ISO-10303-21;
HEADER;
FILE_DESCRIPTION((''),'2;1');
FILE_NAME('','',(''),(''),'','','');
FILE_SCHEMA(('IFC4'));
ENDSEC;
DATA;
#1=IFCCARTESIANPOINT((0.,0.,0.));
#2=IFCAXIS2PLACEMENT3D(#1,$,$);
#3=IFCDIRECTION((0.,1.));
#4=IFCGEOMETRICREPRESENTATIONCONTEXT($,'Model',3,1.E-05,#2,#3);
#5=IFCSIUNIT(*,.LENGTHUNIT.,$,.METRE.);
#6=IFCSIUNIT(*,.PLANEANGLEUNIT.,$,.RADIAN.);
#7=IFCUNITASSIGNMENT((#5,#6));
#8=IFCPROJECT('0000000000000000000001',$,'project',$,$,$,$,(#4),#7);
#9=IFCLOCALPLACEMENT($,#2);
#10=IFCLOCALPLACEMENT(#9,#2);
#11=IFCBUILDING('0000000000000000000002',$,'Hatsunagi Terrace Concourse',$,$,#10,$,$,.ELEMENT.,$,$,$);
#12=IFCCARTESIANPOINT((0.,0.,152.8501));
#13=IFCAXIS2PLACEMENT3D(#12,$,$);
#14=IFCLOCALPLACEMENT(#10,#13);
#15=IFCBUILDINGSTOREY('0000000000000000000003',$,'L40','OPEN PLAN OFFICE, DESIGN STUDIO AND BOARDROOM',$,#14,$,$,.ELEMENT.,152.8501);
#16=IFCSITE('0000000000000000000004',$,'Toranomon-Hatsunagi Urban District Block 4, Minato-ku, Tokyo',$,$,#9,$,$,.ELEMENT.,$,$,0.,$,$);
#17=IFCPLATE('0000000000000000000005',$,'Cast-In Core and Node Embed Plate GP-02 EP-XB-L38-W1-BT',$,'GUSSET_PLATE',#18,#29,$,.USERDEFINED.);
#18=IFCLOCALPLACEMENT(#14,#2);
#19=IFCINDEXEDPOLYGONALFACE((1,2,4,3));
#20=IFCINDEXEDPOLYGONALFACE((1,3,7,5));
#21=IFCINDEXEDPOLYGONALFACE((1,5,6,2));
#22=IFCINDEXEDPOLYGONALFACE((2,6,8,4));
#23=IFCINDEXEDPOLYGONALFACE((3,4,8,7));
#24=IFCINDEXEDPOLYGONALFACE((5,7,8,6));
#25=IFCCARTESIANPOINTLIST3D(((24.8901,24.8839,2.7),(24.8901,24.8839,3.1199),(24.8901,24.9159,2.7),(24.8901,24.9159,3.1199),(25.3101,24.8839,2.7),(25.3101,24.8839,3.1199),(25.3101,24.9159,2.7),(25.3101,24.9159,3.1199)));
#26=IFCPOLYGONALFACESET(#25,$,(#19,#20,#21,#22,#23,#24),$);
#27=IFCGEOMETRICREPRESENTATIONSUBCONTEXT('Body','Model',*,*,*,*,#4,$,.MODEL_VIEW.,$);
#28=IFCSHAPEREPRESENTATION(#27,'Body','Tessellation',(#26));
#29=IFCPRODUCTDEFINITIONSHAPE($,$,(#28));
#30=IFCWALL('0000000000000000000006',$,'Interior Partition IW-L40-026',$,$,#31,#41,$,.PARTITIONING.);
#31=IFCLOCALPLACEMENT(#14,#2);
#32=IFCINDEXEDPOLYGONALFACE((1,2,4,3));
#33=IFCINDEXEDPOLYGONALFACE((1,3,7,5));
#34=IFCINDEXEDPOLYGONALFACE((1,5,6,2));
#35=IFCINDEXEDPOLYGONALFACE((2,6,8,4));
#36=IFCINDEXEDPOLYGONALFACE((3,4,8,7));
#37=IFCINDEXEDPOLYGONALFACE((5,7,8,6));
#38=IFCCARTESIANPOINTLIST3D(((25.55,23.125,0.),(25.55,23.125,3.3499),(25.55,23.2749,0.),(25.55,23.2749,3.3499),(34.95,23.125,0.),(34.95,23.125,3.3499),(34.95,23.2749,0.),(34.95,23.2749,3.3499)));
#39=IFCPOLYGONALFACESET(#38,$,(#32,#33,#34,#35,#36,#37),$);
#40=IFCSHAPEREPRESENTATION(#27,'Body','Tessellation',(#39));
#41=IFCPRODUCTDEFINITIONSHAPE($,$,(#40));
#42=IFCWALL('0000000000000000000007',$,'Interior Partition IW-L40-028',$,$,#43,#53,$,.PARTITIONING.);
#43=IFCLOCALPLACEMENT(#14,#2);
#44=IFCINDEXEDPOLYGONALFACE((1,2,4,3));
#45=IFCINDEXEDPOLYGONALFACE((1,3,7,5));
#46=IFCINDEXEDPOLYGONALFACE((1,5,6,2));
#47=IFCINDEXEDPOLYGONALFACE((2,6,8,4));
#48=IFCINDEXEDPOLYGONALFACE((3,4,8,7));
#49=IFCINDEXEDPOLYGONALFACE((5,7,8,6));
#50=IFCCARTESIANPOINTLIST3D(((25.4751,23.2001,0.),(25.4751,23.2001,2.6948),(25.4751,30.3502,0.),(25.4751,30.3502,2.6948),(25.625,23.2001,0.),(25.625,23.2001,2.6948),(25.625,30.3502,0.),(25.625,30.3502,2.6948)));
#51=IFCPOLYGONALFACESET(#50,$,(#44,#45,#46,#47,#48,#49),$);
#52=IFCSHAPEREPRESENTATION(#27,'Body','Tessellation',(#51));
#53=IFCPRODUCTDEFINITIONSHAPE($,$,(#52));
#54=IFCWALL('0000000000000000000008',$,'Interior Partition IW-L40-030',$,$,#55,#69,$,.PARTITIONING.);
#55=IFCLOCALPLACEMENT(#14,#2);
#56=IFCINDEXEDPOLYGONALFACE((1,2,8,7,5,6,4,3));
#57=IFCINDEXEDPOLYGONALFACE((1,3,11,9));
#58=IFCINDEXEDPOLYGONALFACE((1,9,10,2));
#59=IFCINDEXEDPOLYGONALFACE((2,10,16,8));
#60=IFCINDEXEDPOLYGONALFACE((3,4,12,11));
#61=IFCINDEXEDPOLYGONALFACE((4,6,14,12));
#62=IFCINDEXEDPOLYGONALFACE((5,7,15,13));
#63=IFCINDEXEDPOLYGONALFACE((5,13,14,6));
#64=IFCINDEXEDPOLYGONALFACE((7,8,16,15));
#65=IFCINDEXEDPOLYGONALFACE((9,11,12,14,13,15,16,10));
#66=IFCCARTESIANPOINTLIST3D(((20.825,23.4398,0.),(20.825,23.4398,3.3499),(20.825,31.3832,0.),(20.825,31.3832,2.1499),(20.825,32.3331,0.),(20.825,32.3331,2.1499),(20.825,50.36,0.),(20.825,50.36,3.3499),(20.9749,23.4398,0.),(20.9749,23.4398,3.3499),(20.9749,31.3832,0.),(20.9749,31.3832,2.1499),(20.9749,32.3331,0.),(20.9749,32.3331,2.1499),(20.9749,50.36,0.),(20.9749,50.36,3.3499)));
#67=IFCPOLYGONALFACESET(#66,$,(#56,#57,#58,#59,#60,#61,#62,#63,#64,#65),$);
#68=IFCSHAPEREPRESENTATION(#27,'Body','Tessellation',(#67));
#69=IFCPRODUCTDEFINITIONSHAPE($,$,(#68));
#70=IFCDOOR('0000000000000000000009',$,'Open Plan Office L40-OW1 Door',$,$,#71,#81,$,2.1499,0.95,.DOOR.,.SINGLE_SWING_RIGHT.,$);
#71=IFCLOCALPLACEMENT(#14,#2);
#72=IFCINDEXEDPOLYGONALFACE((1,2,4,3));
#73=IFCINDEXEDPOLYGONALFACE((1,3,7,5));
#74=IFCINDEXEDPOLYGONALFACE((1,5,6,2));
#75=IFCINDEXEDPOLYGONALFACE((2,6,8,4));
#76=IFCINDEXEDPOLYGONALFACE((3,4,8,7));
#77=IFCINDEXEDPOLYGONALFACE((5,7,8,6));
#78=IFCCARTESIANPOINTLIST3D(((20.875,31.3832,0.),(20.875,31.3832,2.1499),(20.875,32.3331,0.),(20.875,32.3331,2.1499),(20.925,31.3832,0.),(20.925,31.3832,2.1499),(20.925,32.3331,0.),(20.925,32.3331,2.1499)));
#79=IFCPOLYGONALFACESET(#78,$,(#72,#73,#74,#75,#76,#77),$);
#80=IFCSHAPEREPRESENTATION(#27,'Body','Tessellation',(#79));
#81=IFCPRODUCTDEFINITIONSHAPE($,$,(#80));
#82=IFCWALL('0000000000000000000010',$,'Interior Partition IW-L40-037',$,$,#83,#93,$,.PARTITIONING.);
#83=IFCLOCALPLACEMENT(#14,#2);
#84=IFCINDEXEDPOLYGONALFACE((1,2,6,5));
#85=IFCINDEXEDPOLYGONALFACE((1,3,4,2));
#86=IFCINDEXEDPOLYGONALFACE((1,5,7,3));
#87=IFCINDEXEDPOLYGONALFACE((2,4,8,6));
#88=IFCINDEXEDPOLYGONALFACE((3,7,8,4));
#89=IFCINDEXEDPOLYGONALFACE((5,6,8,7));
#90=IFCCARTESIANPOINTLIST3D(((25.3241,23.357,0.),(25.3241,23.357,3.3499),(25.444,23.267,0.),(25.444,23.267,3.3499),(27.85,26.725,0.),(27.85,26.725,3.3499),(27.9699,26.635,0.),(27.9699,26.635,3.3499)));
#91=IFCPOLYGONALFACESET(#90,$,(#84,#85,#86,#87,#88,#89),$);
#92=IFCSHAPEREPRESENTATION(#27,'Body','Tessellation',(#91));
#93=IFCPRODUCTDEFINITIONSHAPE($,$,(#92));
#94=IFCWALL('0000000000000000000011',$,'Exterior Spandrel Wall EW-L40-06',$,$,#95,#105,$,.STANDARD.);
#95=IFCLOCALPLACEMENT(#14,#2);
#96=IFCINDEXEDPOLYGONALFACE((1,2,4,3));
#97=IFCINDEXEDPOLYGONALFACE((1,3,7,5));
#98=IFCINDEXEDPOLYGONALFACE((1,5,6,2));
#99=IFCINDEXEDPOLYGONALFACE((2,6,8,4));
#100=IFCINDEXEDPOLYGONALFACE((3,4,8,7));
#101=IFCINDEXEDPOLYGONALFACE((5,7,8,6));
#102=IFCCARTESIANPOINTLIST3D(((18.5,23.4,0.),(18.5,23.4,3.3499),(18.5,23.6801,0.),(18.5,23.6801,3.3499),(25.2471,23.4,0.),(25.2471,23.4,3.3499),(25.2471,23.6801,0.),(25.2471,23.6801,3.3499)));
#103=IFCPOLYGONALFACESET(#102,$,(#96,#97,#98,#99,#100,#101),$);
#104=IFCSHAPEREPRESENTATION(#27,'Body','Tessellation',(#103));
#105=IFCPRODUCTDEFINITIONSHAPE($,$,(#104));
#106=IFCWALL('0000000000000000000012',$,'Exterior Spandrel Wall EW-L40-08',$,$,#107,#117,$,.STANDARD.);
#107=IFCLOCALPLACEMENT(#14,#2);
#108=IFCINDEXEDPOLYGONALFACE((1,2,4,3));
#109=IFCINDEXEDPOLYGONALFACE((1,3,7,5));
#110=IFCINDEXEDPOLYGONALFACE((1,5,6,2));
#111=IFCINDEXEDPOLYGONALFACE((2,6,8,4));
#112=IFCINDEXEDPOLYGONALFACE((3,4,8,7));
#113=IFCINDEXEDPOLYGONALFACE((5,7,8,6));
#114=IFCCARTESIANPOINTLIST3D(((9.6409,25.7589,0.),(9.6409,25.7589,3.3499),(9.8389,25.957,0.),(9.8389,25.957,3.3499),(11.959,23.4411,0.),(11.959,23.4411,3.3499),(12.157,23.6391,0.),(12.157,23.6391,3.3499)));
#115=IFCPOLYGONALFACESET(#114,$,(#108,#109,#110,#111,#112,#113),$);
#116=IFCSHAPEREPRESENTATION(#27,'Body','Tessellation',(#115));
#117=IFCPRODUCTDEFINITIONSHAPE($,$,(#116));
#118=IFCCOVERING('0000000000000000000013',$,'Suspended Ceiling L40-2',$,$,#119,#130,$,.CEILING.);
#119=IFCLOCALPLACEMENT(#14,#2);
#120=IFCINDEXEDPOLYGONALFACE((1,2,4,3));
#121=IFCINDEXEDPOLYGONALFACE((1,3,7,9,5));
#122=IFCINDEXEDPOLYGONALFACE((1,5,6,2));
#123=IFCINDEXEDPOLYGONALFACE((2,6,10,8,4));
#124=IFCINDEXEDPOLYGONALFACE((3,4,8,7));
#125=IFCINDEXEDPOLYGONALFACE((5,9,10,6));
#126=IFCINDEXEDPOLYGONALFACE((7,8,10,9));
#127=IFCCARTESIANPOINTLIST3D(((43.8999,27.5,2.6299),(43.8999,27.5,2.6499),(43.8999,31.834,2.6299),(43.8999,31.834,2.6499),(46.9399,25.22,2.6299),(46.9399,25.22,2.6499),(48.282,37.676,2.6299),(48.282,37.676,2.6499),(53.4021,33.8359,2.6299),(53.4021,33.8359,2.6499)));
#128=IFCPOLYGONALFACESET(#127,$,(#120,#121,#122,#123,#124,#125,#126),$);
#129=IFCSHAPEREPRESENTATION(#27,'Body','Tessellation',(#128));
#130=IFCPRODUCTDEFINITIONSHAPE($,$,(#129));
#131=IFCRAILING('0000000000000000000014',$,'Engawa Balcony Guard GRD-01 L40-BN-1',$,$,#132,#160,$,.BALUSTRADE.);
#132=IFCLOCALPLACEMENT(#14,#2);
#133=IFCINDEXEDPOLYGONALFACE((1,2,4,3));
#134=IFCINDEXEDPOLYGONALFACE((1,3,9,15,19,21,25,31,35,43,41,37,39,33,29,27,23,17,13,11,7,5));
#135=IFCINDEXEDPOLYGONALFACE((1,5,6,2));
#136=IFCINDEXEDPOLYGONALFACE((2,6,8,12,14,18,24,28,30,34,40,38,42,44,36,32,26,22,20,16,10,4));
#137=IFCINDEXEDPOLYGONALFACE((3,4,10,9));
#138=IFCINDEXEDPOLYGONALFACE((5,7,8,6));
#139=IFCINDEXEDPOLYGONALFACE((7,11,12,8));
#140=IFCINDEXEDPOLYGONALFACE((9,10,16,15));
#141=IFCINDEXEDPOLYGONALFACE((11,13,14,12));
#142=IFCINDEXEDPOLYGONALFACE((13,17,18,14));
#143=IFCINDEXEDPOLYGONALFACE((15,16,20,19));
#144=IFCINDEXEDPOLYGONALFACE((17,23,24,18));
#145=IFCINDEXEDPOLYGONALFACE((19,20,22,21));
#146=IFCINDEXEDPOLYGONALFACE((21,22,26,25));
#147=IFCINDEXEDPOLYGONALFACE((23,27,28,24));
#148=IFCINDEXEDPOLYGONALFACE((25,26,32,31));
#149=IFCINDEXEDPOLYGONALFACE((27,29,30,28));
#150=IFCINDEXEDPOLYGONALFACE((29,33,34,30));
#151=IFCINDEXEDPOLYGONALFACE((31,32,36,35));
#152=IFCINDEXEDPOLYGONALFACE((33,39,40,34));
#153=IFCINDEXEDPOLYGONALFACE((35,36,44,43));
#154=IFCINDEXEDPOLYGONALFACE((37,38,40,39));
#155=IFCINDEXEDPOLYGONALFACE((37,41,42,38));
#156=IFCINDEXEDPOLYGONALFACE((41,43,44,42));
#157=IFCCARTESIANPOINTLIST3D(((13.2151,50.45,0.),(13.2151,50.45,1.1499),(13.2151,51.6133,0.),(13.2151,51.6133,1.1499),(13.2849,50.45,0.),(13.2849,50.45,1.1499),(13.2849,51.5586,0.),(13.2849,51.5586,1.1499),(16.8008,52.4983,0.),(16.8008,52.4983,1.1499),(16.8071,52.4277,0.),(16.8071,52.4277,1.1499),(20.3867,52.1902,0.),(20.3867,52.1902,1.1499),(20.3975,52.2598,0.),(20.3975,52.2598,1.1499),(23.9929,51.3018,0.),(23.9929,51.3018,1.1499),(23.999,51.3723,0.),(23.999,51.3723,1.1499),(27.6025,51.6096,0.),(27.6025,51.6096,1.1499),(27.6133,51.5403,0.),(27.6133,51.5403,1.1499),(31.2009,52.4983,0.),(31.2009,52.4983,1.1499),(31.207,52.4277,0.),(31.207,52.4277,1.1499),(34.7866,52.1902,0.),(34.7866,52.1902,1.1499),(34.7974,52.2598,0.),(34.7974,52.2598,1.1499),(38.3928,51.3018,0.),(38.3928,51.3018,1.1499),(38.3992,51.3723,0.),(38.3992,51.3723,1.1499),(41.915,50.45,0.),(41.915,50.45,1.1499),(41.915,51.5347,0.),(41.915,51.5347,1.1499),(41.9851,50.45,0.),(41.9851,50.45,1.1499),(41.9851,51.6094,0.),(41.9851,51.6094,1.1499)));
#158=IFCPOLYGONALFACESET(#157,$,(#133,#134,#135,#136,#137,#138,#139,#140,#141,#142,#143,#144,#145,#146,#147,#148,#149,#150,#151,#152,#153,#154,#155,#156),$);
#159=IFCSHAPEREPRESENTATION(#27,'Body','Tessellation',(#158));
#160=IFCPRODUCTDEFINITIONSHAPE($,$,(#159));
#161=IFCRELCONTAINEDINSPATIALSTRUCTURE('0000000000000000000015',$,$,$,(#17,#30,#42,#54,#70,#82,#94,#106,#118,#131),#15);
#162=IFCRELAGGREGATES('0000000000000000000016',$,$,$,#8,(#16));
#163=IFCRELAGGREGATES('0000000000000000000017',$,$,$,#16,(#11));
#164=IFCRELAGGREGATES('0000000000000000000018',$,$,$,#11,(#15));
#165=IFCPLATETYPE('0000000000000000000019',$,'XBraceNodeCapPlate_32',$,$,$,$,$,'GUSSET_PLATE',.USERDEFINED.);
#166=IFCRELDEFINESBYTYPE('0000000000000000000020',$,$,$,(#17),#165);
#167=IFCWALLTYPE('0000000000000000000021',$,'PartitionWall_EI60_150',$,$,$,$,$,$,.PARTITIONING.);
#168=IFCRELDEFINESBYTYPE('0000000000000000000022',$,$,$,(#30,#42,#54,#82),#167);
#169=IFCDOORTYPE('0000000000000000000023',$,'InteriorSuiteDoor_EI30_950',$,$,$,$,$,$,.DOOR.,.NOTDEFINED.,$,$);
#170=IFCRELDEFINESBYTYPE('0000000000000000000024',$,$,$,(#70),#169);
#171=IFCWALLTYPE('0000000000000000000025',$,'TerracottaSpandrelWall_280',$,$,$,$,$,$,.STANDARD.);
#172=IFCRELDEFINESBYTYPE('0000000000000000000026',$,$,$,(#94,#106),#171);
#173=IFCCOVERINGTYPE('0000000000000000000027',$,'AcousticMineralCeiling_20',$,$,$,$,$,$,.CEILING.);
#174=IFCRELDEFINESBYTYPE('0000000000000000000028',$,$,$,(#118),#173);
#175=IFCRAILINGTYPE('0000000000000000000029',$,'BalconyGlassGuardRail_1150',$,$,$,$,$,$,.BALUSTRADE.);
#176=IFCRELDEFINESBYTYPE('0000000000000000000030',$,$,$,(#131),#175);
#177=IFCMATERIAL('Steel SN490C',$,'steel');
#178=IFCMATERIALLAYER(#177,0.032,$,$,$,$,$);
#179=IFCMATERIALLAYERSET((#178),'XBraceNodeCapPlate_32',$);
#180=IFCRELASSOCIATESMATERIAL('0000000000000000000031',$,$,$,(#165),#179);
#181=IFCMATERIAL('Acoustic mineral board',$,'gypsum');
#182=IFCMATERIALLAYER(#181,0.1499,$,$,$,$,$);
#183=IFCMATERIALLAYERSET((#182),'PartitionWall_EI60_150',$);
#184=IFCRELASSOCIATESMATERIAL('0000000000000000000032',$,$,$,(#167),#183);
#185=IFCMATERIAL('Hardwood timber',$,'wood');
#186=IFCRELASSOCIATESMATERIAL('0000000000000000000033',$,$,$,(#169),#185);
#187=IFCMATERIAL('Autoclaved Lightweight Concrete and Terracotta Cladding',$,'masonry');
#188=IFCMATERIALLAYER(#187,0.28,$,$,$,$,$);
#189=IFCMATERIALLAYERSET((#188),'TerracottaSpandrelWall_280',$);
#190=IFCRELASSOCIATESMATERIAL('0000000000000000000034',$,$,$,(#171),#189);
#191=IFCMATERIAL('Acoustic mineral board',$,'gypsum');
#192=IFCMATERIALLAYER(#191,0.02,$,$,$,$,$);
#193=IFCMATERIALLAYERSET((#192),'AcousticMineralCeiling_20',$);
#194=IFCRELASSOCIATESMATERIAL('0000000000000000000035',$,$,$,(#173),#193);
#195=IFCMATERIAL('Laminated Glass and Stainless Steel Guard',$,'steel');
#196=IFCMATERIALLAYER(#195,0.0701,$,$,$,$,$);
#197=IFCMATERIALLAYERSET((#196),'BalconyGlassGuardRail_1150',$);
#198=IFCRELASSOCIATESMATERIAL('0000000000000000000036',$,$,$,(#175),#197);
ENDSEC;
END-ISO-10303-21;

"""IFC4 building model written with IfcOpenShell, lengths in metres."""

from ifc_helpers import new_model, si_unit, direction, frame, frame_2d, origin, origin_2d, place, context, subcontext, project, spatial, polyline, rectangle, outline, extrude, material, layer, layer_set, type_object, element, fill, save


model = new_model("IFC4")

# Units and contexts
model_context = context("Model", 3, precision=1e-05, world=origin(), true_north=direction((0.0, 1.0)))
body_context = subcontext(model_context, "Body", "Model", "MODEL_VIEW")
ifc_project = project(units=[si_unit("LENGTHUNIT", "METRE"), si_unit("PLANEANGLEUNIT", "RADIAN")], contexts=[model_context])

# Site, building, storey
site_placement = place(None, origin())
site = spatial("IfcSite", under=ifc_project, at=site_placement, Name="Toranomon-Hatsunagi Urban District Block 4, Minato-ku, Tokyo", CompositionType="ELEMENT", RefElevation=0.0)
building_placement = place(site_placement, origin())
building = spatial("IfcBuilding", under=site, at=building_placement, Name="Hatsunagi Terrace Concourse", CompositionType="ELEMENT")
storey_placement = place(building_placement, frame((0.0, 0.0, 152.8501)))
storey = spatial("IfcBuildingStorey", under=building, at=storey_placement, Name="L40", Description="OPEN PLAN OFFICE, DESIGN STUDIO AND BOARDROOM", CompositionType="ELEMENT", Elevation=152.8501)

# Plate
ifc_material_1 = material(Name="Steel SN490C", Category="steel")
ifc_layer_1 = layer(ifc_material_1, 0.032)
ifc_layer_set_1 = layer_set([ifc_layer_1], Name="XBraceNodeCapPlate_32")
plate_type_1 = type_object("IfcPlateType", Name="XBraceNodeCapPlate_32", ElementType="GUSSET_PLATE", PredefinedType="USERDEFINED", material=ifc_layer_set_1)
for number, where, z_axis, x_axis, name in (
    (1, (25.1001, 24.8999, 2.7), (0.0, 0.0, 1.0), (1.0, 0.0, 0.0), "Cast-In Core and Node Embed Plate GP-02 EP-XB-L38-W1-BT"),
):
    element("IfcPlate", number, at=place(storey_placement, frame(where, z_axis=z_axis, x_axis=x_axis)), inside=storey, type_object=plate_type_1, Name=name, ObjectType="GUSSET_PLATE", PredefinedType="USERDEFINED", context=body_context, shape_type="SweptSolid", body=[
        extrude(rectangle(XDim=0.4199, YDim=0.032, at=origin_2d()), origin(), (0.0, 0.0, 1.0), 0.4199),
    ])

# Walls
ifc_material_2 = material(Name="Acoustic mineral board", Category="gypsum")
ifc_layer_2 = layer(ifc_material_2, 0.1499)
ifc_layer_set_2 = layer_set([ifc_layer_2], Name="PartitionWall_EI60_150")
wall_type_1 = type_object("IfcWallType", Name="PartitionWall_EI60_150", PredefinedType="PARTITIONING", material=ifc_layer_set_2)
wall_1_placement = place(storey_placement, frame((25.55, 23.2, 0.0), z_axis=(0.0, 0.0, 1.0), x_axis=(1.0, 0.0, 0.0)))
element("IfcWall", 2, at=wall_1_placement, inside=storey, type_object=wall_type_1, Name="Interior Partition IW-L40-026", PredefinedType="PARTITIONING", context=body_context, shape_type="SweptSolid", body=[
    extrude(rectangle(XDim=9.3999, YDim=0.1499, at=frame_2d((4.7, 0.0))), origin(), (0.0, 0.0, 1.0), 3.3499),
])
wall_2_placement = place(storey_placement, frame((25.55, 23.2, 0.0), z_axis=(0.0, 0.0, 1.0), x_axis=(0.0, 1.0, 0.0)))
element("IfcWall", 3, at=wall_2_placement, inside=storey, type_object=wall_type_1, Name="Interior Partition IW-L40-028", PredefinedType="PARTITIONING", context=body_context, shape_type="SweptSolid", body=[
    extrude(rectangle(XDim=7.1501, YDim=0.1499, at=frame_2d((3.5752, 0.0))), origin(), (0.0, 0.0, 1.0), 2.6948),
])

# Wall, opening, door
wall_3_placement = place(storey_placement, frame((20.8999, 23.4399, 0.0), z_axis=(0.0, 0.0, 1.0), x_axis=(0.0, 1.0, 0.0)))
wall_3 = element("IfcWall", 4, at=wall_3_placement, inside=storey, type_object=wall_type_1, Name="Interior Partition IW-L40-030", PredefinedType="PARTITIONING", context=body_context, shape_type="SweptSolid", body=[
    extrude(rectangle(XDim=26.9202, YDim=0.1499, at=frame_2d((13.46, 0.0))), origin(), (0.0, 0.0, 1.0), 3.3499),
])
opening_placement = place(wall_3_placement, frame((7.9431, 0.0, 0.0)))
opening = element("IfcOpeningElement", 5, at=opening_placement, cuts=wall_3, PredefinedType="OPENING", context=body_context, shape_type="SweptSolid", body=[
    extrude(rectangle(XDim=0.95, YDim=2.1499, at=frame_2d((0.4751, 1.075))), frame((0.0, 0.085, 0.0), z_axis=(0.0, -1.0, 0.0), x_axis=(1.0, 0.0, 0.0)), (0.0, 0.0, 1.0), 0.1699),
])
ifc_material_3 = material(Name="Hardwood timber", Category="wood")
door_type = type_object("IfcDoorType", Name="InteriorSuiteDoor_EI30_950", OperationType="NOTDEFINED", PredefinedType="DOOR", material=ifc_material_3)
door_placement = place(opening_placement, origin())
door = element("IfcDoor", 6, at=door_placement, inside=storey, type_object=door_type, Name="Open Plan Office L40-OW1 Door", OperationType="SINGLE_SWING_RIGHT", OverallHeight=2.1499, OverallWidth=0.95, PredefinedType="DOOR", context=body_context, shape_type="SweptSolid", body=[
    extrude(rectangle(XDim=0.95, YDim=2.1499, at=frame_2d((0.4751, 1.075))), frame((0.0, 0.0249, 0.0), z_axis=(0.0, -1.0, 0.0), x_axis=(1.0, 0.0, 0.0)), (0.0, 0.0, 1.0), 0.05),
])
fill(opening, door)

# Walls
wall_4_placement = place(storey_placement, frame((25.384, 23.312, 0.0), z_axis=(0.0, 0.0, 1.0), x_axis=(0.599991, 0.800007, 0.0)))
element("IfcWall", 7, at=wall_4_placement, inside=storey, type_object=wall_type_1, Name="Interior Partition IW-L40-037", PredefinedType="PARTITIONING", context=body_context, shape_type="SweptSolid", body=[
    extrude(rectangle(XDim=4.21, YDim=0.1499, at=frame_2d((2.105, 0.0))), origin(), (0.0, 0.0, 1.0), 3.3499),
])
ifc_material_4 = material(Name="Autoclaved Lightweight Concrete and Terracotta Cladding", Category="masonry")
ifc_layer_3 = layer(ifc_material_4, 0.28)
ifc_layer_set_3 = layer_set([ifc_layer_3], Name="TerracottaSpandrelWall_280")
wall_type_2 = type_object("IfcWallType", Name="TerracottaSpandrelWall_280", PredefinedType="STANDARD", material=ifc_layer_set_3)
wall_5_placement = place(storey_placement, frame((25.2471, 23.54, 0.0), z_axis=(0.0, 0.0, 1.0), x_axis=(-1.0, 0.0, 0.0)))
element("IfcWall", 8, at=wall_5_placement, inside=storey, type_object=wall_type_2, Name="Exterior Spandrel Wall EW-L40-06", PredefinedType="STANDARD", context=body_context, shape_type="SweptSolid", body=[
    extrude(rectangle(XDim=6.7471, YDim=0.28, at=frame_2d((3.3735, 0.0))), origin(), (0.0, 0.0, 1.0), 3.3499),
])
wall_6_placement = place(storey_placement, frame((12.0581, 23.54, 0.0), z_axis=(0.0, 0.0, 1.0), x_axis=(-0.707144, 0.70707, 0.0)))
element("IfcWall", 9, at=wall_6_placement, inside=storey, type_object=wall_type_2, Name="Exterior Spandrel Wall EW-L40-08", PredefinedType="STANDARD", context=body_context, shape_type="SweptSolid", body=[
    extrude(rectangle(XDim=3.2781, YDim=0.28, at=frame_2d((1.6392, 0.0))), origin(), (0.0, 0.0, 1.0), 3.3499),
])

# Covering
ifc_material_5 = material(Name="Acoustic mineral board", Category="gypsum")
ifc_layer_4 = layer(ifc_material_5, 0.02)
ifc_layer_set_4 = layer_set([ifc_layer_4], Name="AcousticMineralCeiling_20")
covering_type_1 = type_object("IfcCoveringType", Name="AcousticMineralCeiling_20", PredefinedType="CEILING", material=ifc_layer_set_4)
covering_1_placement = place(storey_placement, frame((0.0, 0.0, 2.6299)))
element("IfcCovering", 10, at=covering_1_placement, inside=storey, type_object=covering_type_1, Name="Suspended Ceiling L40-2", PredefinedType="CEILING", context=body_context, shape_type="SweptSolid", body=[
    extrude(outline(polyline([(48.282, 37.676), (43.8999, 31.834), (43.8999, 27.5), (46.9399, 25.22), (53.4021, 33.8359), (48.282, 37.676)])), origin(), (0.0, 0.0, 1.0), 0.02),
])

# Railing
ifc_material_6 = material(Name="Laminated Glass and Stainless Steel Guard", Category="steel")
ifc_layer_5 = layer(ifc_material_6, 0.0701)
ifc_layer_set_5 = layer_set([ifc_layer_5], Name="BalconyGlassGuardRail_1150")
railing_type = type_object("IfcRailingType", Name="BalconyGlassGuardRail_1150", PredefinedType="BALUSTRADE", material=ifc_layer_set_5)
railing_1_placement = place(storey_placement, origin())
element("IfcRailing", 11, at=railing_1_placement, inside=storey, type_object=railing_type, Name="Engawa Balcony Guard GRD-01 L40-BN-1", PredefinedType="BALUSTRADE", context=body_context, shape_type="SweptSolid", body=[
    extrude(outline(polyline([(13.2151, 50.45), (13.2849, 50.45), (13.2849, 51.5586), (16.8071, 52.4277), (20.3867, 52.1902), (23.9929, 51.3018), (27.6133, 51.5403), (31.207, 52.4277), (34.7866, 52.1902), (38.3928, 51.3018), (41.915, 51.5347), (41.915, 50.45), (41.9851, 50.45), (41.9851, 51.6094), (38.3992, 51.3723), (34.7974, 52.2598), (31.2009, 52.4983), (27.6025, 51.6096), (23.999, 51.3723), (20.3975, 52.2598), (16.8008, 52.4983), (13.2151, 51.6133), (13.2151, 50.45)])), origin(), (0.0, 0.0, 1.0), 1.1499),
])

save(model, "model.ifc")
